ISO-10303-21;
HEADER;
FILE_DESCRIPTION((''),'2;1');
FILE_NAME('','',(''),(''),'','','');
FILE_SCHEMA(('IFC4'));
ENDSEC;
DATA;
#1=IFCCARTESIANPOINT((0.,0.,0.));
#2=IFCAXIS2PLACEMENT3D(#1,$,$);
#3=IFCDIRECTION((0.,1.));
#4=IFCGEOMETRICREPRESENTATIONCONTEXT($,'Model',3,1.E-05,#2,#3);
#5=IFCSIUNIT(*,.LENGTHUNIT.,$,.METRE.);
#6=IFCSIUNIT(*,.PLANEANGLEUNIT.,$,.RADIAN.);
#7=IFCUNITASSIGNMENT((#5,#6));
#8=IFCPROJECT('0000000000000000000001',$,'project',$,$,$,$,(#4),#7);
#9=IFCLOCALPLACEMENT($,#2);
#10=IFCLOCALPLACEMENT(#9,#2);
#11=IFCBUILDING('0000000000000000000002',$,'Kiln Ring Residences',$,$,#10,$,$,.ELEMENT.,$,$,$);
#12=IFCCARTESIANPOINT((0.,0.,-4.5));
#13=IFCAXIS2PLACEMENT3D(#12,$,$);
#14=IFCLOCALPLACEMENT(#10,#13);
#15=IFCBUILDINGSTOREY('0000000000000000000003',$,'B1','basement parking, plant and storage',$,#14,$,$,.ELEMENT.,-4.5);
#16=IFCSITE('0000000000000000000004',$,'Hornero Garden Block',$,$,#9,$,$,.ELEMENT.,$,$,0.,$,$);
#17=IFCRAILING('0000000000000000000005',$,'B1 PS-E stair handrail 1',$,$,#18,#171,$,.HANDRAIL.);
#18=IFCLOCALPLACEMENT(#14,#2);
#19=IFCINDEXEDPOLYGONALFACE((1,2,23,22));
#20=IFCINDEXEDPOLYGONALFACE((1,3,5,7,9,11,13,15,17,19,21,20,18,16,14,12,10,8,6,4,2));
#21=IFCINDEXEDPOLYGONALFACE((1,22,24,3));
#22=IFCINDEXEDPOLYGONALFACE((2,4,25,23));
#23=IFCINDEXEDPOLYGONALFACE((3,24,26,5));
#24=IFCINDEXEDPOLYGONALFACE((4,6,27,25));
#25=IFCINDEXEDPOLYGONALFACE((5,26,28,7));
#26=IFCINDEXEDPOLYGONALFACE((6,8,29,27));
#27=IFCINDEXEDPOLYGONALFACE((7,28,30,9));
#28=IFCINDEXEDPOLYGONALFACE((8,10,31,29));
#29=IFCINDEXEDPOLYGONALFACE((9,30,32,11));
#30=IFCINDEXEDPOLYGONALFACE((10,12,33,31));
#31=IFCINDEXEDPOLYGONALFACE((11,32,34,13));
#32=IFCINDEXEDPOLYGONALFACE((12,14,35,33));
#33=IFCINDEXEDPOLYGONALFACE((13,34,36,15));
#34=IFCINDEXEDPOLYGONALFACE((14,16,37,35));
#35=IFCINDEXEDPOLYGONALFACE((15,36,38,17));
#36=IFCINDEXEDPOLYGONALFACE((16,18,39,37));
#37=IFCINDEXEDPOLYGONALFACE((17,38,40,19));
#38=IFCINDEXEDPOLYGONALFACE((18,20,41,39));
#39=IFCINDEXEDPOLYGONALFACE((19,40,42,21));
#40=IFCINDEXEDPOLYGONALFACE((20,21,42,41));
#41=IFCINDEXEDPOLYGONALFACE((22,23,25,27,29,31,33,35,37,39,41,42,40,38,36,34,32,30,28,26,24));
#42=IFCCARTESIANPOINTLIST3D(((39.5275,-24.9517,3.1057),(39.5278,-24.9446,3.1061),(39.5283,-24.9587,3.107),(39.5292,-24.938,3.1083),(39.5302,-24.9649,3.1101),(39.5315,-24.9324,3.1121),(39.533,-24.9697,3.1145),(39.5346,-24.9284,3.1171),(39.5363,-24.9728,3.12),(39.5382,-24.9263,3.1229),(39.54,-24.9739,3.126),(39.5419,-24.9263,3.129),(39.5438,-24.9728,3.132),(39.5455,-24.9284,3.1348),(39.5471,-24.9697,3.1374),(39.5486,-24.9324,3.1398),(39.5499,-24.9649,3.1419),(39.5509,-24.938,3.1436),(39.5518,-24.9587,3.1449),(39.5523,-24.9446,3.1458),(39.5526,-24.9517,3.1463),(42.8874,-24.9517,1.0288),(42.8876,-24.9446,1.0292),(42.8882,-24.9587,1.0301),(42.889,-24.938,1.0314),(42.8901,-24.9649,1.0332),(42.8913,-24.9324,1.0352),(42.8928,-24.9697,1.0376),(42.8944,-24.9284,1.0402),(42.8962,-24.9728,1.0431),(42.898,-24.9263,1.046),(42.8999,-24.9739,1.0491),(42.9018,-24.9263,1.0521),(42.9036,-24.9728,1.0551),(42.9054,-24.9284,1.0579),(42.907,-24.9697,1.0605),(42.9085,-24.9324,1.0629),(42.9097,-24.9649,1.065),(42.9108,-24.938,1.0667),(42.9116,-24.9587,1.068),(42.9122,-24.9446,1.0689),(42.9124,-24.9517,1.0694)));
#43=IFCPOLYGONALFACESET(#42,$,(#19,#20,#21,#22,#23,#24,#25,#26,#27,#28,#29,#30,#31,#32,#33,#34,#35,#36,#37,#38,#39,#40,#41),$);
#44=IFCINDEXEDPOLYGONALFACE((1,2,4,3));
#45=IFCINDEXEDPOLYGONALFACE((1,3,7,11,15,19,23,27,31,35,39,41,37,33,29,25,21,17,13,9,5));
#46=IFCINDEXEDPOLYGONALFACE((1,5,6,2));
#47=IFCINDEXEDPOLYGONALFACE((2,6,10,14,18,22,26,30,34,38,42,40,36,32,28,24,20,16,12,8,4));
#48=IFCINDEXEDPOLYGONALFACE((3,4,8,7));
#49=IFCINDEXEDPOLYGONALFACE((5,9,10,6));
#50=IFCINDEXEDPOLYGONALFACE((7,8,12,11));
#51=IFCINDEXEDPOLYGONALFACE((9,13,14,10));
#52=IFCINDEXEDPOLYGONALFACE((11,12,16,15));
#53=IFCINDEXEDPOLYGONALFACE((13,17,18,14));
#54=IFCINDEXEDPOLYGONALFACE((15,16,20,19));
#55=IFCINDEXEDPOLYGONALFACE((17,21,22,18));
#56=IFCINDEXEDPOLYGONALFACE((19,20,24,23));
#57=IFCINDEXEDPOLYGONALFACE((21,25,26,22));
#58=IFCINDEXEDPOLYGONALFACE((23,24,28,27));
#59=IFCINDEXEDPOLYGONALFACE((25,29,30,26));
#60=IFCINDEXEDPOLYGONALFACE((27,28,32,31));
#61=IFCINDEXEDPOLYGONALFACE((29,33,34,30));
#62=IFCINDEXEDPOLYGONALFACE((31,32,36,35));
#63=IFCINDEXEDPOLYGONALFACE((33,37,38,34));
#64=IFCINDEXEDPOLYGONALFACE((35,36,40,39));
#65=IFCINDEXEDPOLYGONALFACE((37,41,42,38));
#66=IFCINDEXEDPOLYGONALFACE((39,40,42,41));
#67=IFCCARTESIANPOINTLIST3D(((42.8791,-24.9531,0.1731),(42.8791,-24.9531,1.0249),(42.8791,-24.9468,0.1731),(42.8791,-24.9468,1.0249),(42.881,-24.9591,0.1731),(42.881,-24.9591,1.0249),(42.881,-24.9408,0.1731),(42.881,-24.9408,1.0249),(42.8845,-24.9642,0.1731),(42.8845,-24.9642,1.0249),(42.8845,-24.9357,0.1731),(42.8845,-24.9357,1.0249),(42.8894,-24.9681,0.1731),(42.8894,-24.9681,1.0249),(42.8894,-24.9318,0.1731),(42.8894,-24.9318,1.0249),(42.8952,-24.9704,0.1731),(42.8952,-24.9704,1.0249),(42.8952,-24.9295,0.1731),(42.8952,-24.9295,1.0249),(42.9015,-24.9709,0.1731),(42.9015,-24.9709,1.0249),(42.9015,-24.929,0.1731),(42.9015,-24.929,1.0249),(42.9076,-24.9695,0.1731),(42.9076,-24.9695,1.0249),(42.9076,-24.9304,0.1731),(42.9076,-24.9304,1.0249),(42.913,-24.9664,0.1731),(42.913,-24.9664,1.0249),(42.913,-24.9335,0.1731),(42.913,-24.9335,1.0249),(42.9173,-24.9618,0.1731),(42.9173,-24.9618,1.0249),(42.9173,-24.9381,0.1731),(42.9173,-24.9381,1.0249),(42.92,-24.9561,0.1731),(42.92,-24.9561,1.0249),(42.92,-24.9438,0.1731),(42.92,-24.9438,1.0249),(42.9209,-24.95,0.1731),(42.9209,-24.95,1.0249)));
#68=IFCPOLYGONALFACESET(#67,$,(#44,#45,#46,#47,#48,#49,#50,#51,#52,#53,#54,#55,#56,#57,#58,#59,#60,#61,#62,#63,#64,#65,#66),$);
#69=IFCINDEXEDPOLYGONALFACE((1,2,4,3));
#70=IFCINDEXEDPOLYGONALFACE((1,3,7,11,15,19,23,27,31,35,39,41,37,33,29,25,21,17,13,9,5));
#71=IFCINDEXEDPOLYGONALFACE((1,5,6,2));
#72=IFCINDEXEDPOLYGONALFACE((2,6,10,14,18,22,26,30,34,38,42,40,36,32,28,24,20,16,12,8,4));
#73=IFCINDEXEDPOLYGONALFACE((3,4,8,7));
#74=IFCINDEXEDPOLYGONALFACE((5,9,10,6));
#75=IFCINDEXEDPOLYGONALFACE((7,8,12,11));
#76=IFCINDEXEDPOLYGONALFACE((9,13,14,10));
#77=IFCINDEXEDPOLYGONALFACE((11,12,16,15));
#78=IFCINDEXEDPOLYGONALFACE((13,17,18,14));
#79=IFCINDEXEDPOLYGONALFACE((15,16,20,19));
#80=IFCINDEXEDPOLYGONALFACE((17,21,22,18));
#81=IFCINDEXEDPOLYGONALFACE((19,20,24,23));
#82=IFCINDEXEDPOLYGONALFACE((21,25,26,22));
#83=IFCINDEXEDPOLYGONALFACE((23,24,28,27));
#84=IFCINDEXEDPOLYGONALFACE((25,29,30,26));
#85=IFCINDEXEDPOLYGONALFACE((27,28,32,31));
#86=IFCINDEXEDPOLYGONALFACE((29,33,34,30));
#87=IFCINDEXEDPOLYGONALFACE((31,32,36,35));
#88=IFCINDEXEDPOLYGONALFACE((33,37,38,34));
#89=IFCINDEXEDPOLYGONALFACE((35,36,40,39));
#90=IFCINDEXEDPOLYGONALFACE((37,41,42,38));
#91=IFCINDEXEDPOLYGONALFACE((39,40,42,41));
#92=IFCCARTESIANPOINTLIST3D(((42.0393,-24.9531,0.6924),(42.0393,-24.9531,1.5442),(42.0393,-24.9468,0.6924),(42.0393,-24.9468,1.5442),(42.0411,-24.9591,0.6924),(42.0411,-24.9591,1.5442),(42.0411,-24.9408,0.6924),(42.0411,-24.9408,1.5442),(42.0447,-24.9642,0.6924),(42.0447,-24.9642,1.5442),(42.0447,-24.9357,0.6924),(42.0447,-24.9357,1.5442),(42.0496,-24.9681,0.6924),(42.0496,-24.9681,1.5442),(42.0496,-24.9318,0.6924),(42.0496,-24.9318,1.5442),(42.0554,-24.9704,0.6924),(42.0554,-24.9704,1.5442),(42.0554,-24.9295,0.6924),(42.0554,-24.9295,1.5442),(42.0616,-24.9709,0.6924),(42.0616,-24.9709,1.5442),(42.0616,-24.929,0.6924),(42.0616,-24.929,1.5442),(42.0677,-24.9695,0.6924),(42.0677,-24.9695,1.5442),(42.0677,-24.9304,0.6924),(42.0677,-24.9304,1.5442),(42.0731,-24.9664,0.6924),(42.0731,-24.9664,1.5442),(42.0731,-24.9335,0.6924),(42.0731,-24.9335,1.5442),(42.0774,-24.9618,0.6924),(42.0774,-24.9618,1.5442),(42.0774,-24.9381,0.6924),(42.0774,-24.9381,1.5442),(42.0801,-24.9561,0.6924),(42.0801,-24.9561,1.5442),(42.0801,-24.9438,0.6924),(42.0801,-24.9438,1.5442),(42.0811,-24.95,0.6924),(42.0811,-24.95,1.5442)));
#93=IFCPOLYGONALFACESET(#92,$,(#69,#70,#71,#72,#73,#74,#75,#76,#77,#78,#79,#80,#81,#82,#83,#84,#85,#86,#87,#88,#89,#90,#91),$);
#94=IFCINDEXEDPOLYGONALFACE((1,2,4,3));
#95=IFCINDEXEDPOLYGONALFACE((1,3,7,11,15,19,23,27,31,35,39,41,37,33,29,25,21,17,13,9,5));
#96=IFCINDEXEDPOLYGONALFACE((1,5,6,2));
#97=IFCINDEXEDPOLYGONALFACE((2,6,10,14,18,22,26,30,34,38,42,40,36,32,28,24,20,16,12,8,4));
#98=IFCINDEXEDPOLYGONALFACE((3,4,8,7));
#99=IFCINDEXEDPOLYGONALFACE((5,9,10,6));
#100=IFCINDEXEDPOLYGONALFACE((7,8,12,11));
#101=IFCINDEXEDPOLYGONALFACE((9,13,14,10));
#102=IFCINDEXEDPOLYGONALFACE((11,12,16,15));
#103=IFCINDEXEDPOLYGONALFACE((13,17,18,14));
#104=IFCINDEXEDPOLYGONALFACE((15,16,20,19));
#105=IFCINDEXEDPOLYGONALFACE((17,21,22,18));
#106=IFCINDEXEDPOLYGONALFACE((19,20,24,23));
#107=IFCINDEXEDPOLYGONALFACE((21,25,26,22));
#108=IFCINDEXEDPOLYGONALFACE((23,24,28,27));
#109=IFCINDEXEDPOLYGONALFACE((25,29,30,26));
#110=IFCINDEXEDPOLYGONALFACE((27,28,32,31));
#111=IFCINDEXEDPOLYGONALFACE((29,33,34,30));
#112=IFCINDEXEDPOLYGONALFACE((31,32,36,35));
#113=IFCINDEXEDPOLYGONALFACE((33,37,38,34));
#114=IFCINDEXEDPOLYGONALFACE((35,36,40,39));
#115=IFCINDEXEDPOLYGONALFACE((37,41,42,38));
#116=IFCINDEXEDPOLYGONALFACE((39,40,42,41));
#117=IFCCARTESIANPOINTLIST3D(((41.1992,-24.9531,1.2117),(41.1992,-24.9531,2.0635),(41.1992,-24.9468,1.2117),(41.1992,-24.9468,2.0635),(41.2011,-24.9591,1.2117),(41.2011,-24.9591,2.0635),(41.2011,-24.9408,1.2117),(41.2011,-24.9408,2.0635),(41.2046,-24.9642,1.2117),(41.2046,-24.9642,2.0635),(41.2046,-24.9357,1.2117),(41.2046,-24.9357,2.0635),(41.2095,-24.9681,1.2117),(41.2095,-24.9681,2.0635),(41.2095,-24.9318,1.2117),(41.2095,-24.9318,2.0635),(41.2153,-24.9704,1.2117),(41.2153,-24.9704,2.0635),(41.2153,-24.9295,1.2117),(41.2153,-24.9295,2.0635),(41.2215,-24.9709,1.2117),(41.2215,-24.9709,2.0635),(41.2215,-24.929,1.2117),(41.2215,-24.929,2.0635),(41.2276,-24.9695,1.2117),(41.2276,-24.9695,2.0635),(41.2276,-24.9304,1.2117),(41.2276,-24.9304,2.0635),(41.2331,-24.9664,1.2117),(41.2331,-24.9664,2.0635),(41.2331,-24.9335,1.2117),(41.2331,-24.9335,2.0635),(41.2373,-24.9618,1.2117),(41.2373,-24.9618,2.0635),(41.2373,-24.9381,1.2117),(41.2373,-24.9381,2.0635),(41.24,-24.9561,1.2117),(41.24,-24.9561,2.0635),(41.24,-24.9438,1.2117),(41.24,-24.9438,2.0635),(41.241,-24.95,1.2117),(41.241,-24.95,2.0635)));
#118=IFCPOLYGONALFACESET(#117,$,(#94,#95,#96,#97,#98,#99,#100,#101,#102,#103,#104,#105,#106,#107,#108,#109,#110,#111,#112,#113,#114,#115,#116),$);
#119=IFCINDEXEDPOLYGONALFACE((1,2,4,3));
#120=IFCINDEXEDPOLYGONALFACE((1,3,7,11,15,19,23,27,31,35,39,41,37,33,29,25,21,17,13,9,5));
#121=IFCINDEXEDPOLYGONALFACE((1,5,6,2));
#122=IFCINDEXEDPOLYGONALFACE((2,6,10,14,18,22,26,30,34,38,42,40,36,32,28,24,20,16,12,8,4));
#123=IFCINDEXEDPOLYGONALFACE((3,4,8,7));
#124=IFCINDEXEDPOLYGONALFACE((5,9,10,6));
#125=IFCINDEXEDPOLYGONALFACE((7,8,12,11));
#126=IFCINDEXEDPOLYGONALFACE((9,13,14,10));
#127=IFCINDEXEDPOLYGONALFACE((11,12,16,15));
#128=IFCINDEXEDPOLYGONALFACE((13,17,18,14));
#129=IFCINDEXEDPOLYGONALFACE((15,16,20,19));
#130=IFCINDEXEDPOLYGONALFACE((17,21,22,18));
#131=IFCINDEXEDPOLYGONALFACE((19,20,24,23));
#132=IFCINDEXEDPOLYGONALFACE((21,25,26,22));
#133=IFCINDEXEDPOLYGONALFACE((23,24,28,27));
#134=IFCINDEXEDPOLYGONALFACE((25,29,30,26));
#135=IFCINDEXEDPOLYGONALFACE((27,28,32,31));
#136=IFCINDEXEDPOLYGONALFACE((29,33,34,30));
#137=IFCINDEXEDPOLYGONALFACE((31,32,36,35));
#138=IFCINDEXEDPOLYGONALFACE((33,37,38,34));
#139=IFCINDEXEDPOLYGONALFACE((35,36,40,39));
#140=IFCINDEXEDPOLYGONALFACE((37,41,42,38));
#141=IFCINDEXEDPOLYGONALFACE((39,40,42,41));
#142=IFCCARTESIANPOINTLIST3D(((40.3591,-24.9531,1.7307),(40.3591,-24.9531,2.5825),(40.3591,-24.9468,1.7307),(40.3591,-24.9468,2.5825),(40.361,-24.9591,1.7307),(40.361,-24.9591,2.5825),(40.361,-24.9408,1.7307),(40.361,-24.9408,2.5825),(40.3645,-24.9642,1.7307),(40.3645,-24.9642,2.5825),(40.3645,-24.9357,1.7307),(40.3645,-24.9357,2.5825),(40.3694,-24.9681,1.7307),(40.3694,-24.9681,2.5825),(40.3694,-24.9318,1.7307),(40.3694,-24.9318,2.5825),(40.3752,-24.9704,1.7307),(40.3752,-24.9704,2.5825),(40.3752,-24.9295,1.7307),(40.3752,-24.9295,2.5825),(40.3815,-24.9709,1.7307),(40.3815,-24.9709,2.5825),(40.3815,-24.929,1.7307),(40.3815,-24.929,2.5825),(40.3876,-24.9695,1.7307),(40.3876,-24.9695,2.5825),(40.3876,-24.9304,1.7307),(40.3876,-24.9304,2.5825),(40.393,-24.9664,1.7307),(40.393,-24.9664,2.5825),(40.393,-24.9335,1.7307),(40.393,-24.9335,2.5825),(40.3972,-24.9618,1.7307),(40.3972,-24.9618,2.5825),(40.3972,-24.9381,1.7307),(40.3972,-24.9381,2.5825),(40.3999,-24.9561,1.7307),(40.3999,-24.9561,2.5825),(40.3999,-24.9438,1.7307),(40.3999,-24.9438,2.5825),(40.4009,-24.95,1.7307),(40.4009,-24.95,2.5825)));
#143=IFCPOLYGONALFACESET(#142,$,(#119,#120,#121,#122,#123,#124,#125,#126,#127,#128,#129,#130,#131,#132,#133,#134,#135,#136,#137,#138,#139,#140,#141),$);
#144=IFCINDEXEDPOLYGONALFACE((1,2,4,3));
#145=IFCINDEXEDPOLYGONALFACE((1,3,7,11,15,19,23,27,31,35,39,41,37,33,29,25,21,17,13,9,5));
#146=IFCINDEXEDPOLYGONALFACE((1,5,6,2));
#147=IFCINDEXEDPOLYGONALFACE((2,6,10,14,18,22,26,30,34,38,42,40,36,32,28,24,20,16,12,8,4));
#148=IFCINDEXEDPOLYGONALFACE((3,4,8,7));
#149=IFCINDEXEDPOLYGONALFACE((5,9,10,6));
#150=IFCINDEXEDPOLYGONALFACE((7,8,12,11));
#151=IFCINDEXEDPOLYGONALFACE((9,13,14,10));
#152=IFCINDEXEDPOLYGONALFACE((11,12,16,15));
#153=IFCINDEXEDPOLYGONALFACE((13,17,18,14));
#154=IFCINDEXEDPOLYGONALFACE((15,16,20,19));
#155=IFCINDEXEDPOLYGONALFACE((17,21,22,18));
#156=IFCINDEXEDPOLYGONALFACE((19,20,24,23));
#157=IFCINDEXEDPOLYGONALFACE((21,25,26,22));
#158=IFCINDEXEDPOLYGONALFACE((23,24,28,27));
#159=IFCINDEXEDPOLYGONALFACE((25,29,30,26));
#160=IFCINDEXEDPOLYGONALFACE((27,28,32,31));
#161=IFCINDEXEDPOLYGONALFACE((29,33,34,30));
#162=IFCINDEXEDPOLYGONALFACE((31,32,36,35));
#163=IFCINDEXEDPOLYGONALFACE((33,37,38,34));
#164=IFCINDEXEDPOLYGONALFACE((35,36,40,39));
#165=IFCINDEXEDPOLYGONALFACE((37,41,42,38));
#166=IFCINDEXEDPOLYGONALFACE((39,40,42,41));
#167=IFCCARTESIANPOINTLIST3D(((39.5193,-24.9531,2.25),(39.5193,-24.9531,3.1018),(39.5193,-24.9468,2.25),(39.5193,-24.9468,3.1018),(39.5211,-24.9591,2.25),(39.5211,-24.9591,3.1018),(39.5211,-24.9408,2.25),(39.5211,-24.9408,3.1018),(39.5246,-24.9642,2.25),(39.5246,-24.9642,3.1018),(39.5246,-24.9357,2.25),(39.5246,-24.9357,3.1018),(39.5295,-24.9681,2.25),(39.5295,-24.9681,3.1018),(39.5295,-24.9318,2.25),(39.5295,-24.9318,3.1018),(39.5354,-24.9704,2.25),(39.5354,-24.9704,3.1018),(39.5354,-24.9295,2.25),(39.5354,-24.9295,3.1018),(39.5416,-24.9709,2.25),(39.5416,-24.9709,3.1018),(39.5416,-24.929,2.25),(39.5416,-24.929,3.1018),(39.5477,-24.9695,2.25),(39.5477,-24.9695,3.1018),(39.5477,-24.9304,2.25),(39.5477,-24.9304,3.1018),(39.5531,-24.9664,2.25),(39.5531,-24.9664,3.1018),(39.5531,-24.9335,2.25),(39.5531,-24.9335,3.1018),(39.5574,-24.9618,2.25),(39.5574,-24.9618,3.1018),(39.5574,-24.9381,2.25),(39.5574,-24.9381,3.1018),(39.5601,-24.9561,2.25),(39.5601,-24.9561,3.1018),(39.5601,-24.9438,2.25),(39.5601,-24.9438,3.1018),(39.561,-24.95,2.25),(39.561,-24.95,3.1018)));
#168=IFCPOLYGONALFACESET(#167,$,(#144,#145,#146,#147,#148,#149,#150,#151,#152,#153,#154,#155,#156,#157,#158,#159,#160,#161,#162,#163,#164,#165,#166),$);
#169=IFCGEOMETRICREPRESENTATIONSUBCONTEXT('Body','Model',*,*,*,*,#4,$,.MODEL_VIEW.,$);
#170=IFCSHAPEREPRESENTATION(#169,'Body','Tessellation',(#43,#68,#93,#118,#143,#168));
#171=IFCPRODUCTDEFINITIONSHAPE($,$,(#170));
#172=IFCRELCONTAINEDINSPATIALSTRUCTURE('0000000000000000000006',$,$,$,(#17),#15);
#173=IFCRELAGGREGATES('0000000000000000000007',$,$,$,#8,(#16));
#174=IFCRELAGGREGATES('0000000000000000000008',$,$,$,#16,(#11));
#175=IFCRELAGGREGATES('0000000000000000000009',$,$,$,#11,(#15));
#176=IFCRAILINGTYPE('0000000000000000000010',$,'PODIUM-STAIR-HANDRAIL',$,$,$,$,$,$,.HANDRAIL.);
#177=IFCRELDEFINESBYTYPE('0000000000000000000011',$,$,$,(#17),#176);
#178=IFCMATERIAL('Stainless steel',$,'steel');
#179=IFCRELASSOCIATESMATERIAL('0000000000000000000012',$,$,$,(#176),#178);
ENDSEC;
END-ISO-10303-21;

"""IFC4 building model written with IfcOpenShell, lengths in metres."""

from ifc_helpers import new_model, si_unit, direction, frame, origin, origin_2d, place, context, subcontext, project, spatial, circle, extrude, material, type_object, element, save


model = new_model("IFC4")

# Units and contexts
model_context = context("Model", 3, precision=1e-05, world=origin(), true_north=direction((0.0, 1.0)))
body_context = subcontext(model_context, "Body", "Model", "MODEL_VIEW")
ifc_project = project(units=[si_unit("LENGTHUNIT", "METRE"), si_unit("PLANEANGLEUNIT", "RADIAN")], contexts=[model_context])

# Site, building, storey
site_placement = place(None, origin())
site = spatial("IfcSite", under=ifc_project, at=site_placement, Name="Hornero Garden Block", CompositionType="ELEMENT", RefElevation=0.0)
building_placement = place(site_placement, origin())
building = spatial("IfcBuilding", under=site, at=building_placement, Name="Kiln Ring Residences", CompositionType="ELEMENT")
storey_placement = place(building_placement, frame((0.0, 0.0, -4.5)))
storey = spatial("IfcBuildingStorey", under=building, at=storey_placement, Name="B1", Description="basement parking, plant and storage", CompositionType="ELEMENT", Elevation=-4.5)

# Railing
ifc_material_1 = material(Name="Stainless steel", Category="steel")
railing_type_1 = type_object("IfcRailingType", Name="PODIUM-STAIR-HANDRAIL", PredefinedType="HANDRAIL", material=ifc_material_1)
railing_1_placement = place(storey_placement, frame((42.8999, -24.95, 0.1731)))
element("IfcRailing", 1, at=railing_1_placement, inside=storey, type_object=railing_type_1, Name="B1 PS-E stair handrail 1", PredefinedType="HANDRAIL", context=body_context, shape_type="SweptSolid", body=[
    extrude(circle(Radius=0.0239, at=origin_2d()), frame((0.0, 0.0, 0.876), z_axis=(-0.850606, 0.0, 0.525803), x_axis=(0.0, -1.0, 0.0)), (0.0, 0.0, 1.0), 3.95),
    extrude(circle(Radius=0.021, at=origin_2d()), origin(), (0.0, 0.0, 1.0), 0.8518),
    extrude(circle(Radius=0.021, at=origin_2d()), frame((-0.8398, 0.0, 0.5193)), (0.0, 0.0, 1.0), 0.8518),
    extrude(circle(Radius=0.021, at=origin_2d()), frame((-1.6799, 0.0, 1.0386)), (0.0, 0.0, 1.0), 0.8518),
    extrude(circle(Radius=0.021, at=origin_2d()), frame((-2.52, 0.0, 1.5576)), (0.0, 0.0, 1.0), 0.8518),
    extrude(circle(Radius=0.021, at=origin_2d()), frame((-3.3599, 0.0, 2.0769)), (0.0, 0.0, 1.0), 0.8518),
])

save(model, "model.ifc")
